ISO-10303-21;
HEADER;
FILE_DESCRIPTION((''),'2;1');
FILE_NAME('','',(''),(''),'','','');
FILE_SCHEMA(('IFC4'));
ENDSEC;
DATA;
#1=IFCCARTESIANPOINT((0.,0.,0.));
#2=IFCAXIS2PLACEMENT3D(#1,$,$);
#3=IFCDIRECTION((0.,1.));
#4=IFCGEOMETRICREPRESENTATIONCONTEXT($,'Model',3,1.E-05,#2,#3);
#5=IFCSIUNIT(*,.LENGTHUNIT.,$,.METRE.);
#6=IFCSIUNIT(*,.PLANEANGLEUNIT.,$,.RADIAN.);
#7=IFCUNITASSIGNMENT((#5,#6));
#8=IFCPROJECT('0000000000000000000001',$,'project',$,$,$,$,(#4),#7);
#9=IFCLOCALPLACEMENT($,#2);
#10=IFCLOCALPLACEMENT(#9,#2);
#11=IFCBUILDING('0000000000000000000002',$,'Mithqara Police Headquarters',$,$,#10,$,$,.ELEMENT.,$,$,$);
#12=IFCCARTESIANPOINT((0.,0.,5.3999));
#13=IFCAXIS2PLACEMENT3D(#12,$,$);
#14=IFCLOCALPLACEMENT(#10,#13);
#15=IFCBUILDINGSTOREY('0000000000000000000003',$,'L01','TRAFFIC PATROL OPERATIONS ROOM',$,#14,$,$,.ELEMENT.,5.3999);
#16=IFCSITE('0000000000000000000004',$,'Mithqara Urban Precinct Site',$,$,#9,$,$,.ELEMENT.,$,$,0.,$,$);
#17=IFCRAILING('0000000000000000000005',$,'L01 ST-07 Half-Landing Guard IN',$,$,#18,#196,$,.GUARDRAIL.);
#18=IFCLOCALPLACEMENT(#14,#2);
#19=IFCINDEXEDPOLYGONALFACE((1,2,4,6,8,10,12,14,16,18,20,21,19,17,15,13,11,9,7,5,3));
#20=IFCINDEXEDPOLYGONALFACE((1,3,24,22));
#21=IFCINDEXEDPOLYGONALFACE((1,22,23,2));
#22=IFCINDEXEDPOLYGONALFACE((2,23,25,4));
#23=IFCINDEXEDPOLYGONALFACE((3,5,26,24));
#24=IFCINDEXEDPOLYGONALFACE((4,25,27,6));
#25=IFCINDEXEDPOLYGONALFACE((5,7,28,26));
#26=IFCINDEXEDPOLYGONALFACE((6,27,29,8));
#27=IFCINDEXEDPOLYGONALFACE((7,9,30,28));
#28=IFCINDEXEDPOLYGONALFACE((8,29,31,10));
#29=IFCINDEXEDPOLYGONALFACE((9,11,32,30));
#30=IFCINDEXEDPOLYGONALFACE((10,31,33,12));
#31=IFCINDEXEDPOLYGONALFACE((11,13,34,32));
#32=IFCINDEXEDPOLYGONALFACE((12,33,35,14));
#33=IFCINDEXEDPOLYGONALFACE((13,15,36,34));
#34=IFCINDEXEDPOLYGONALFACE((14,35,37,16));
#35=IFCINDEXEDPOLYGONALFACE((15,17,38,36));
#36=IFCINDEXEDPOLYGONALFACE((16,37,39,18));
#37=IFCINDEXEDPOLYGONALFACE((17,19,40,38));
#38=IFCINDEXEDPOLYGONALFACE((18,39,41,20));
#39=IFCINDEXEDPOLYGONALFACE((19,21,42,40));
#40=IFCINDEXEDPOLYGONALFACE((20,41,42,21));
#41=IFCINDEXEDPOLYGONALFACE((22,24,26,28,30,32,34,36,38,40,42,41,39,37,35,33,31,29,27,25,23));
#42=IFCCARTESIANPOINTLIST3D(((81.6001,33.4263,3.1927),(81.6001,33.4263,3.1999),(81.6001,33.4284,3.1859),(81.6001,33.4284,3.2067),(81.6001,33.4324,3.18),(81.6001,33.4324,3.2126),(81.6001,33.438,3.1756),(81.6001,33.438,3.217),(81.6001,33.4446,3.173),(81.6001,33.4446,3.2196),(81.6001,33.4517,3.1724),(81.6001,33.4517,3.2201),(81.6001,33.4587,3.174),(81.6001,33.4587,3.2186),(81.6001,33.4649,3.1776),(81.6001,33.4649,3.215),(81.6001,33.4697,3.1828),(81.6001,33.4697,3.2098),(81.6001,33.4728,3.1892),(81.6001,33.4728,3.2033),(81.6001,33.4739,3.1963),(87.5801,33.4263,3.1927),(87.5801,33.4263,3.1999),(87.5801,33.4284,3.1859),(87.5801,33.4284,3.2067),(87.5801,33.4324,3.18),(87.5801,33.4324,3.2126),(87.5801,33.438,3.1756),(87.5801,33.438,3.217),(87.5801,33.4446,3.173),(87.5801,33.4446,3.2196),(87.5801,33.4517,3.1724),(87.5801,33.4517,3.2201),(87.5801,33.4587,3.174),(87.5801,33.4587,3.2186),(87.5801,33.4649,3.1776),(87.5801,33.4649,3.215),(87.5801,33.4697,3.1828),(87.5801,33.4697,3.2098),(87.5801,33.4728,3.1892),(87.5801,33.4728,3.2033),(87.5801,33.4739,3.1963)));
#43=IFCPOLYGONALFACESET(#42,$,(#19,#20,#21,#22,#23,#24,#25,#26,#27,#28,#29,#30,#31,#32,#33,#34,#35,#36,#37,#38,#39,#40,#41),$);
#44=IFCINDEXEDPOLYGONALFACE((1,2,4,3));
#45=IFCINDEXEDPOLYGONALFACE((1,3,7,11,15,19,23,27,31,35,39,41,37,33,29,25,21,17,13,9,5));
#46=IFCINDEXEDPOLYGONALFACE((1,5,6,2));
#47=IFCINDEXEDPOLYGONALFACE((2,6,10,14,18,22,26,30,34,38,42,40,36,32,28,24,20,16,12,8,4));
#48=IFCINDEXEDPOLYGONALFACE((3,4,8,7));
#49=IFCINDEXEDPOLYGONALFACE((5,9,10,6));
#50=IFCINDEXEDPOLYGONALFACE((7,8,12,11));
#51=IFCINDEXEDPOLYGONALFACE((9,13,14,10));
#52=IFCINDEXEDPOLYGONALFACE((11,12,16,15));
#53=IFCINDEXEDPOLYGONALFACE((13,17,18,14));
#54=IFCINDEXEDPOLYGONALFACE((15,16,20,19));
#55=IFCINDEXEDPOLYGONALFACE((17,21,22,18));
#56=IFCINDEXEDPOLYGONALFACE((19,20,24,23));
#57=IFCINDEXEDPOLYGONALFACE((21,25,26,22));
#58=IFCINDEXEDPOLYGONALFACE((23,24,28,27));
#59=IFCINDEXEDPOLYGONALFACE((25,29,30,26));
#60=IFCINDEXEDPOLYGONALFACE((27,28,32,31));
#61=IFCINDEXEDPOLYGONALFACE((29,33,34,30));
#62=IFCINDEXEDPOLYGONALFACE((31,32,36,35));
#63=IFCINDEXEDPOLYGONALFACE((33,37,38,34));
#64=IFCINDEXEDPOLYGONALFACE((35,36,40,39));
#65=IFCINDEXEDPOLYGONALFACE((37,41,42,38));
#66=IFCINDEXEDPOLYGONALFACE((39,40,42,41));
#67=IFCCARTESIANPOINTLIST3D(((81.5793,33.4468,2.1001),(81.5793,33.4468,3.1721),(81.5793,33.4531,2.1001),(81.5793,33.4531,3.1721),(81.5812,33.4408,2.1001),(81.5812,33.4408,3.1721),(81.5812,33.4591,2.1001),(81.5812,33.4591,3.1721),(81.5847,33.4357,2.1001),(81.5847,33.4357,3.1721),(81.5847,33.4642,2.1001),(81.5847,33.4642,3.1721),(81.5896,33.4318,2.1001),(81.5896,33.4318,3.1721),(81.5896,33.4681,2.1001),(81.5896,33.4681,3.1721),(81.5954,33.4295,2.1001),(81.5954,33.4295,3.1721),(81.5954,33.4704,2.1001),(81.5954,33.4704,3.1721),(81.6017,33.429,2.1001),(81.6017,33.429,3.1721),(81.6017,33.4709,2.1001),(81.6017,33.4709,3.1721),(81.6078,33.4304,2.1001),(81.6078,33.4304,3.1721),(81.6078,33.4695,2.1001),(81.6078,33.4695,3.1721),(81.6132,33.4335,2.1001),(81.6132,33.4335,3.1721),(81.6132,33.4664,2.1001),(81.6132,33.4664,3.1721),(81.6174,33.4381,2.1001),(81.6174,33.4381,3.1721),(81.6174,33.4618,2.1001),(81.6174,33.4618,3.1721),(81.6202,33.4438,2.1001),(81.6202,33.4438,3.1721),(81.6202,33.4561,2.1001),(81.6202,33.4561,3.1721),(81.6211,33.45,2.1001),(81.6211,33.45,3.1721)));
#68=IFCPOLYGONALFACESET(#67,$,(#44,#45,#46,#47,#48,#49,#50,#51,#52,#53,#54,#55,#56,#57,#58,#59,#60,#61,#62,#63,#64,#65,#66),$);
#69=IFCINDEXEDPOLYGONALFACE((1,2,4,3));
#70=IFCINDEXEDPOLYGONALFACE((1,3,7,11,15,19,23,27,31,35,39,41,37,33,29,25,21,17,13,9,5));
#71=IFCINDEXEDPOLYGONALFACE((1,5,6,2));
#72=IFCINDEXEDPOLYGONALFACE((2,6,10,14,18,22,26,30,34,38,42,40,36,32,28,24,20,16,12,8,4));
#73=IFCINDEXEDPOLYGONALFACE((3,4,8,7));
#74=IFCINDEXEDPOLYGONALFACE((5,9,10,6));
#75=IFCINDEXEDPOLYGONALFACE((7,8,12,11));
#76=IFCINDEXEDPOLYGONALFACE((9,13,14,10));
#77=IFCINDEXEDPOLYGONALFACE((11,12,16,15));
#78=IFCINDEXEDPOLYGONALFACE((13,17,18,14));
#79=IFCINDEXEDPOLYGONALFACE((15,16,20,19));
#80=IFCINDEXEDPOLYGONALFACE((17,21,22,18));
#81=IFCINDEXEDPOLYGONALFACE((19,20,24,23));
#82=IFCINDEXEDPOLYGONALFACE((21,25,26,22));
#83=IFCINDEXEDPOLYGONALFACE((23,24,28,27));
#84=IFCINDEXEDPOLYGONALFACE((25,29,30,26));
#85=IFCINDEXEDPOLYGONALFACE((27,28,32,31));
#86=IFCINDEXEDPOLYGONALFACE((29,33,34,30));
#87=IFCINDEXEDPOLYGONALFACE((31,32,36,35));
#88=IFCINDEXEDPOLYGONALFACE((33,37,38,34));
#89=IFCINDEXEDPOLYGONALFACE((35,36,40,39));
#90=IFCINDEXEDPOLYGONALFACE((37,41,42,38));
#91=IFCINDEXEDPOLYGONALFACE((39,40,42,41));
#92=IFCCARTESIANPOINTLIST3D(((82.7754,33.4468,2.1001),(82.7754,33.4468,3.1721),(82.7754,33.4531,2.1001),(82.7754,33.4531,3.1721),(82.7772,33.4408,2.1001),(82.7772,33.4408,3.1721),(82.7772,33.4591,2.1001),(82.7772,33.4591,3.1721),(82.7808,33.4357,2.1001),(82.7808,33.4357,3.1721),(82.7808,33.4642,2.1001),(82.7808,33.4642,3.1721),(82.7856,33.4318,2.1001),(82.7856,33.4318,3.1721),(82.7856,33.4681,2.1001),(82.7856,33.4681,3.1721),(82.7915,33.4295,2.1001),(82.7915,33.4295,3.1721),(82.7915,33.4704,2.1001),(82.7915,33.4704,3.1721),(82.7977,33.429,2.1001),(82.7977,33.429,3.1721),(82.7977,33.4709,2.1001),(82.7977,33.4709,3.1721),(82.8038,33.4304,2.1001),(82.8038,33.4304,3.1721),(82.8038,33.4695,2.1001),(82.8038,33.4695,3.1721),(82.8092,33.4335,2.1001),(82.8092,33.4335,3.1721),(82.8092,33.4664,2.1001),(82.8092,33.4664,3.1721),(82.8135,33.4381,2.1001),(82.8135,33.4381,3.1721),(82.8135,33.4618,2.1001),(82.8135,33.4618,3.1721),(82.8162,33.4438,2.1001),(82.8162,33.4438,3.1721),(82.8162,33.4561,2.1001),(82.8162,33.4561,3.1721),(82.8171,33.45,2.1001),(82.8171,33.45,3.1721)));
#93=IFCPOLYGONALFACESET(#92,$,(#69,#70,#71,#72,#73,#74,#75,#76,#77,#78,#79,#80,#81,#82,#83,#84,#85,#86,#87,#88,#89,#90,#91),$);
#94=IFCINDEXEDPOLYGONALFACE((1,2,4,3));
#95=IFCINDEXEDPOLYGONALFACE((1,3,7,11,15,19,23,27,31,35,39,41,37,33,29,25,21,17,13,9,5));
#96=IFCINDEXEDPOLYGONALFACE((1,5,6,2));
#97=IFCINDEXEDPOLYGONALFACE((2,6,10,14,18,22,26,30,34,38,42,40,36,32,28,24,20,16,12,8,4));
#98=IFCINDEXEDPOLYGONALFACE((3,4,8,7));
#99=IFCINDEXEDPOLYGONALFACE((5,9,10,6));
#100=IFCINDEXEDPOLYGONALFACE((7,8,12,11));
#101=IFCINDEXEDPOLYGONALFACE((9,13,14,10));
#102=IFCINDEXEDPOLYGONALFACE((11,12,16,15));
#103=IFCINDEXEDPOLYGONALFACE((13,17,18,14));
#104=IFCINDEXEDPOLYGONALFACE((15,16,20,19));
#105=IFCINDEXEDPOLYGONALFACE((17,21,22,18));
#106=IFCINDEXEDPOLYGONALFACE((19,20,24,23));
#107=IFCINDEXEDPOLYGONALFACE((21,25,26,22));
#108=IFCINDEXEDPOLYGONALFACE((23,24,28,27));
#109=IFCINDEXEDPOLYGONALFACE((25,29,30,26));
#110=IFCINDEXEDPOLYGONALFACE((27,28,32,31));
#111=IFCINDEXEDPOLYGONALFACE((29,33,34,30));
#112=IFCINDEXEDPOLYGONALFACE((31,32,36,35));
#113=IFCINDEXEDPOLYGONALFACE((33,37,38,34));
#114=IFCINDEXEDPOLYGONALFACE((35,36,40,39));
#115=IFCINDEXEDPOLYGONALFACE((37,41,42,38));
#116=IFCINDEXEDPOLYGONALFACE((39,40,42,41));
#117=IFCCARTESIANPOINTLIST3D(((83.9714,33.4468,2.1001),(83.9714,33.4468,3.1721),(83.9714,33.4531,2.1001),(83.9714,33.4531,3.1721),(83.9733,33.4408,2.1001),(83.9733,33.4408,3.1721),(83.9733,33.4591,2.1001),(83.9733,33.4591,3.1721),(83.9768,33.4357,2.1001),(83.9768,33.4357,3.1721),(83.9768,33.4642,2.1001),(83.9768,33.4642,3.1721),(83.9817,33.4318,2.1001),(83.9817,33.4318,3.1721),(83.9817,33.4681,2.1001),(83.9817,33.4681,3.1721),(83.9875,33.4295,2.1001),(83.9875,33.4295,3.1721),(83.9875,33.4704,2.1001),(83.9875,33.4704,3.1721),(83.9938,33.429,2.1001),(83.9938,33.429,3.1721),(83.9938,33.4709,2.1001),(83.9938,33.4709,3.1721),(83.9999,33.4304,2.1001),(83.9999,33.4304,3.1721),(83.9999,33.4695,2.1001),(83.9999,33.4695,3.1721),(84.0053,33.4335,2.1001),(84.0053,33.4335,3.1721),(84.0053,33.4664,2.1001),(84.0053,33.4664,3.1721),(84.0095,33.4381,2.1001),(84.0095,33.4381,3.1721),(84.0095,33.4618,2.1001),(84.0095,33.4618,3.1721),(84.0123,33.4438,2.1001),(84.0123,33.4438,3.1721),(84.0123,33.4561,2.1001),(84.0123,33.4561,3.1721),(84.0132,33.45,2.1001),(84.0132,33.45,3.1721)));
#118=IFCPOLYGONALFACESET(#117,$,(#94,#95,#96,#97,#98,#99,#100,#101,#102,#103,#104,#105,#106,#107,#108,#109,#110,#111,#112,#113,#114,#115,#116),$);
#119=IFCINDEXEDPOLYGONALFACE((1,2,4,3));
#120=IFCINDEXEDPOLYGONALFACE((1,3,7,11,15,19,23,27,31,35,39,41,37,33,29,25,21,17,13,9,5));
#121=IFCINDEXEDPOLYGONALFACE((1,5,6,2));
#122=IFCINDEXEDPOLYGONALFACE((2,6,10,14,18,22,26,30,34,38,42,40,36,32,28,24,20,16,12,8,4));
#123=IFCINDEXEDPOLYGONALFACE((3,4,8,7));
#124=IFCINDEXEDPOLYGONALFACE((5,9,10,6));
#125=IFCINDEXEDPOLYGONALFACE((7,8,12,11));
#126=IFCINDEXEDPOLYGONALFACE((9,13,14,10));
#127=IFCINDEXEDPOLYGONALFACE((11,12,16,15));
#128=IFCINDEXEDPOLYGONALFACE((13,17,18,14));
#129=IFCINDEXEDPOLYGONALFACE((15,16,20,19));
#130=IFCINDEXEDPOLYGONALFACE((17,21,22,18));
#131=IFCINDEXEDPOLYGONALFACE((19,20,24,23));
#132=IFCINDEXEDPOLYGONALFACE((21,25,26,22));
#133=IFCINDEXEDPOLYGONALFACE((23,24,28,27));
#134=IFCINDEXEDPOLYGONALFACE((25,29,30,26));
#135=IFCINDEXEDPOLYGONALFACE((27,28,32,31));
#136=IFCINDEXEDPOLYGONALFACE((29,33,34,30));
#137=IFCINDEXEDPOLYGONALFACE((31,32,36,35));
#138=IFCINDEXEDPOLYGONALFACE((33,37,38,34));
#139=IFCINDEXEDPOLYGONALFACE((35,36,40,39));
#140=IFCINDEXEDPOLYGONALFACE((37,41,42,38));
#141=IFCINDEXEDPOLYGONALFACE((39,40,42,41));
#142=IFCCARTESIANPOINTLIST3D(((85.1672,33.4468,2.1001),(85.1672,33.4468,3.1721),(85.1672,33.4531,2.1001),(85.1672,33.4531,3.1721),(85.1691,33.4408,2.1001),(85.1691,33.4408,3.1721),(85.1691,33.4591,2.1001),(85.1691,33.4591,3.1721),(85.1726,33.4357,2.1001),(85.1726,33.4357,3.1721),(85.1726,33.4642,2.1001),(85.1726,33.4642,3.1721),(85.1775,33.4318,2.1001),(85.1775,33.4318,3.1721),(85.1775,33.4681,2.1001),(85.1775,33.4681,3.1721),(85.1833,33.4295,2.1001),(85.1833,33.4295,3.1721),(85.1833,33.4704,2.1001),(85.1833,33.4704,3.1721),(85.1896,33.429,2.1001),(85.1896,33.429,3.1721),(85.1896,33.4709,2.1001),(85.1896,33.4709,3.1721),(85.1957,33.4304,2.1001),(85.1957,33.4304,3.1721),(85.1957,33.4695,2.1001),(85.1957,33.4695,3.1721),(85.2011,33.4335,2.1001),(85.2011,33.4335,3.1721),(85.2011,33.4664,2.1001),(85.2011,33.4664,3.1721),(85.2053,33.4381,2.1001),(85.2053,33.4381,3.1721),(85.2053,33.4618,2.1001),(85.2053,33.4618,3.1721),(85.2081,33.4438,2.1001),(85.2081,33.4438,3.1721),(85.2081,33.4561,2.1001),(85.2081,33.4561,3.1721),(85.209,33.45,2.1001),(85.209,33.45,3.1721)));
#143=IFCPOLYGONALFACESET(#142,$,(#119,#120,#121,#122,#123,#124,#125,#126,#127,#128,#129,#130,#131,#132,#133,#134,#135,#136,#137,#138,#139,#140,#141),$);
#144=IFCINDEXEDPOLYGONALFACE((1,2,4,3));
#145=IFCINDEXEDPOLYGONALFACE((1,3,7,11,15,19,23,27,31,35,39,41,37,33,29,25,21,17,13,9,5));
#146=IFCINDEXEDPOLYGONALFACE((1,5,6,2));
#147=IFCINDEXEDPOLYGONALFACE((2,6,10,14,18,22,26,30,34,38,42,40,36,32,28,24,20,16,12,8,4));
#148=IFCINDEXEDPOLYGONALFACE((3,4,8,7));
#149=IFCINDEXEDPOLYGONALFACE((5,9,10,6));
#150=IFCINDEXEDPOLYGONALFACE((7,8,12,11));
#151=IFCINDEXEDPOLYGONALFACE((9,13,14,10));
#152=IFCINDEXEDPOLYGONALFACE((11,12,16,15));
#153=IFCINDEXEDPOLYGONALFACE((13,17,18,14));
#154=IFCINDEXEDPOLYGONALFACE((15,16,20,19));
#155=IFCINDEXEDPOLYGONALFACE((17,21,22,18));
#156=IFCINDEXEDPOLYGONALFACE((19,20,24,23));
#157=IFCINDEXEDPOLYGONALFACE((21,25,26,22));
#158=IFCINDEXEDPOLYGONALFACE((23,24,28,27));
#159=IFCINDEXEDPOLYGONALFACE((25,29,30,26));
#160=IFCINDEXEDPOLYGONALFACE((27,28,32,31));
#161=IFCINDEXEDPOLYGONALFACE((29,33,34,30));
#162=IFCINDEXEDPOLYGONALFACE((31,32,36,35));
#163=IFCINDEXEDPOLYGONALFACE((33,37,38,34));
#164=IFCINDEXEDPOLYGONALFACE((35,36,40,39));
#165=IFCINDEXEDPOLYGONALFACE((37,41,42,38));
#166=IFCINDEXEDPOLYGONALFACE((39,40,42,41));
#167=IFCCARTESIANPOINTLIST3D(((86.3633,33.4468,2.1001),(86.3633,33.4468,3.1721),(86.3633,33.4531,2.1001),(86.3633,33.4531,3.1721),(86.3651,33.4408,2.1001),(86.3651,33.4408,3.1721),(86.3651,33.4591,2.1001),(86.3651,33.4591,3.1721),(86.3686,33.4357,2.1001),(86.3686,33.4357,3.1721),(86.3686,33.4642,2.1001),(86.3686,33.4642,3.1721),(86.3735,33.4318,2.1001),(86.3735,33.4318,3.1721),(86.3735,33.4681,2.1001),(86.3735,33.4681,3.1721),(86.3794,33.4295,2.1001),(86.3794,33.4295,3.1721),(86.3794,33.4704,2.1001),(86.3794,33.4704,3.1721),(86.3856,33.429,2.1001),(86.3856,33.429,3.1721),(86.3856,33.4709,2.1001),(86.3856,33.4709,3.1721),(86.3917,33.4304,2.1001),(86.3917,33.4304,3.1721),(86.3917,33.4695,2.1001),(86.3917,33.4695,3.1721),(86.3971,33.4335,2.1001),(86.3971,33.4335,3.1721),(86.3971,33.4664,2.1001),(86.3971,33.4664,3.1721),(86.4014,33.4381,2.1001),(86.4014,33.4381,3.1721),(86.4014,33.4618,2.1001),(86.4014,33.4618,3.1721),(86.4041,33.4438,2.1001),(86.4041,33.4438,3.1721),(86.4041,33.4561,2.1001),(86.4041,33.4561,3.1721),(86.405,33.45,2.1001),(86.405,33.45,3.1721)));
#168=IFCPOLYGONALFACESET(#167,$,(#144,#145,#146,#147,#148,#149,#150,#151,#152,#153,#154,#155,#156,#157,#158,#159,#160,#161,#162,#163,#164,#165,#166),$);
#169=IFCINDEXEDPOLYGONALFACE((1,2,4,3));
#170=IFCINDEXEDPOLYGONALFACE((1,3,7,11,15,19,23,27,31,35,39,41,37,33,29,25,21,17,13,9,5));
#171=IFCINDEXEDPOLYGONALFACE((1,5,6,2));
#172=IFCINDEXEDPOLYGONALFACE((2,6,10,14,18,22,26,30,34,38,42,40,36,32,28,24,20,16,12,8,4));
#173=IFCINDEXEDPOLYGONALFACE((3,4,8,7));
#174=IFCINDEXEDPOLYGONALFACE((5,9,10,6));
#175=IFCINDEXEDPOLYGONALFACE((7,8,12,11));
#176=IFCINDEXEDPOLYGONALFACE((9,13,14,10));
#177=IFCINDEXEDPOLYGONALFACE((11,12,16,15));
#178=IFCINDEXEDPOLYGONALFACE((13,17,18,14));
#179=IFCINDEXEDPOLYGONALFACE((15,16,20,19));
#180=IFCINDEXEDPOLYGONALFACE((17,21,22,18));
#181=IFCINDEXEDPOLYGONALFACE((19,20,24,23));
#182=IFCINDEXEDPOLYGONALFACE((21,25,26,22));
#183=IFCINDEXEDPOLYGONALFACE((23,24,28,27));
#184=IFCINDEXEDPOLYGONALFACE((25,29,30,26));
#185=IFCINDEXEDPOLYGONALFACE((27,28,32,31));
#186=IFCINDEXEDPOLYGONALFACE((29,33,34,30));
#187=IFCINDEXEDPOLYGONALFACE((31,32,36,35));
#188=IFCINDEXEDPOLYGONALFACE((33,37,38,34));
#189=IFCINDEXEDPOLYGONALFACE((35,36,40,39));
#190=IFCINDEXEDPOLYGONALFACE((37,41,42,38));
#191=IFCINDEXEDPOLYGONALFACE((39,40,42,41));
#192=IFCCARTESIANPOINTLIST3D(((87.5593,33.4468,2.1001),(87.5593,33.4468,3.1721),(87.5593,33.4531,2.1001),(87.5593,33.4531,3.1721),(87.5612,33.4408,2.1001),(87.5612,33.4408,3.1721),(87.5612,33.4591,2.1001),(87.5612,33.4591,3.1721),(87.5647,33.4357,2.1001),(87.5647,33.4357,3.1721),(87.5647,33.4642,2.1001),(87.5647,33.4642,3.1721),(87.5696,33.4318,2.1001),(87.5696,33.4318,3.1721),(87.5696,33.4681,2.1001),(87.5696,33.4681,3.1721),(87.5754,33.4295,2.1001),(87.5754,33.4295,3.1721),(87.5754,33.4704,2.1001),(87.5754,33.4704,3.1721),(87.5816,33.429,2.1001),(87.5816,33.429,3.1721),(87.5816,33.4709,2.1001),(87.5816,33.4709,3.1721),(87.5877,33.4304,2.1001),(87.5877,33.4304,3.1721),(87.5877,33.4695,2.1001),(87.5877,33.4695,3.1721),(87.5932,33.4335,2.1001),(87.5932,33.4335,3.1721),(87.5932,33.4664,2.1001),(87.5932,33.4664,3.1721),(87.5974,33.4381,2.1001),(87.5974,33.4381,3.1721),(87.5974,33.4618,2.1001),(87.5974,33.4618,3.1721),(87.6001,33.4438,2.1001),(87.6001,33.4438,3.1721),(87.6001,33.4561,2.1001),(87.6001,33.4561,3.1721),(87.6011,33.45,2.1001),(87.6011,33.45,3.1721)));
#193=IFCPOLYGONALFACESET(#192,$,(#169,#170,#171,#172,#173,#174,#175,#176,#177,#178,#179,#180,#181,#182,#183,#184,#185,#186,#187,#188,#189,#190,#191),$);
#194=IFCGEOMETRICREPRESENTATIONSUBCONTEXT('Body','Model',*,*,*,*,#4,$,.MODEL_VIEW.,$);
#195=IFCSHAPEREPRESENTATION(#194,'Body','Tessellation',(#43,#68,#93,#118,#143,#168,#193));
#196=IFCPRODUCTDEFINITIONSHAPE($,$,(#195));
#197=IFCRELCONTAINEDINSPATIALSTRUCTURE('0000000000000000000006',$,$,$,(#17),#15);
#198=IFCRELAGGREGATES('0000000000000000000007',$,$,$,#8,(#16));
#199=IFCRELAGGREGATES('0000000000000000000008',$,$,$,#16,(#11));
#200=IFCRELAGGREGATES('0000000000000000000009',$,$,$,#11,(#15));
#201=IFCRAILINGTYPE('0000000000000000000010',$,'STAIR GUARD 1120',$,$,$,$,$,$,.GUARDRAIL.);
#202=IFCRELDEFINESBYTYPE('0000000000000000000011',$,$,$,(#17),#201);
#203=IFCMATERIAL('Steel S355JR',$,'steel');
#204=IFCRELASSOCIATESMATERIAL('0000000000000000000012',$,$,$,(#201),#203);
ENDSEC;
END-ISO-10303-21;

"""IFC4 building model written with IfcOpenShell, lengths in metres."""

from ifc_helpers import new_model, si_unit, direction, frame, origin, origin_2d, place, context, subcontext, project, spatial, circle, extrude, material, type_object, element, save


model = new_model("IFC4")

# Units and contexts
model_context = context("Model", 3, precision=1e-05, world=origin(), true_north=direction((0.0, 1.0)))
body_context = subcontext(model_context, "Body", "Model", "MODEL_VIEW")
ifc_project = project(units=[si_unit("LENGTHUNIT", "METRE"), si_unit("PLANEANGLEUNIT", "RADIAN")], contexts=[model_context])

# Site, building, storey
site_placement = place(None, origin())
site = spatial("IfcSite", under=ifc_project, at=site_placement, Name="Mithqara Urban Precinct Site", CompositionType="ELEMENT", RefElevation=0.0)
building_placement = place(site_placement, origin())
building = spatial("IfcBuilding", under=site, at=building_placement, Name="Mithqara Police Headquarters", CompositionType="ELEMENT")
storey_placement = place(building_placement, frame((0.0, 0.0, 5.3999)))
storey = spatial("IfcBuildingStorey", under=building, at=storey_placement, Name="L01", Description="TRAFFIC PATROL OPERATIONS ROOM", CompositionType="ELEMENT", Elevation=5.3999)

# Railing
ifc_material_1 = material(Name="Steel S355JR", Category="steel")
railing_type_1 = type_object("IfcRailingType", Name="STAIR GUARD 1120", PredefinedType="GUARDRAIL", material=ifc_material_1)
for number, where, name in (
    (1, (81.6001, 33.45, 2.1001), "L01 ST-07 Half-Landing Guard IN"),
):
    element("IfcRailing", number, at=place(storey_placement, frame(where)), inside=storey, type_object=railing_type_1, Name=name, PredefinedType="GUARDRAIL", context=body_context, shape_type="SweptSolid", body=[
        extrude(circle(Radius=0.0239, at=origin_2d()), frame((0.0, 0.0, 1.0962), z_axis=(1.0, 0.0, 0.0), x_axis=(0.0, 1.0, 0.0)), (0.0, 0.0, 1.0), 5.98),
        extrude(circle(Radius=0.021, at=origin_2d()), origin(), (0.0, 0.0, 1.0), 1.072),
        extrude(circle(Radius=0.021, at=origin_2d()), frame((1.196, 0.0, 0.0)), (0.0, 0.0, 1.0), 1.072),
        extrude(circle(Radius=0.021, at=origin_2d()), frame((2.3921, 0.0, 0.0)), (0.0, 0.0, 1.0), 1.072),
        extrude(circle(Radius=0.021, at=origin_2d()), frame((3.5879, 0.0, 0.0)), (0.0, 0.0, 1.0), 1.072),
        extrude(circle(Radius=0.021, at=origin_2d()), frame((4.7839, 0.0, 0.0)), (0.0, 0.0, 1.0), 1.072),
        extrude(circle(Radius=0.021, at=origin_2d()), frame((5.98, 0.0, 0.0)), (0.0, 0.0, 1.0), 1.072),
    ])

save(model, "model.ifc")
